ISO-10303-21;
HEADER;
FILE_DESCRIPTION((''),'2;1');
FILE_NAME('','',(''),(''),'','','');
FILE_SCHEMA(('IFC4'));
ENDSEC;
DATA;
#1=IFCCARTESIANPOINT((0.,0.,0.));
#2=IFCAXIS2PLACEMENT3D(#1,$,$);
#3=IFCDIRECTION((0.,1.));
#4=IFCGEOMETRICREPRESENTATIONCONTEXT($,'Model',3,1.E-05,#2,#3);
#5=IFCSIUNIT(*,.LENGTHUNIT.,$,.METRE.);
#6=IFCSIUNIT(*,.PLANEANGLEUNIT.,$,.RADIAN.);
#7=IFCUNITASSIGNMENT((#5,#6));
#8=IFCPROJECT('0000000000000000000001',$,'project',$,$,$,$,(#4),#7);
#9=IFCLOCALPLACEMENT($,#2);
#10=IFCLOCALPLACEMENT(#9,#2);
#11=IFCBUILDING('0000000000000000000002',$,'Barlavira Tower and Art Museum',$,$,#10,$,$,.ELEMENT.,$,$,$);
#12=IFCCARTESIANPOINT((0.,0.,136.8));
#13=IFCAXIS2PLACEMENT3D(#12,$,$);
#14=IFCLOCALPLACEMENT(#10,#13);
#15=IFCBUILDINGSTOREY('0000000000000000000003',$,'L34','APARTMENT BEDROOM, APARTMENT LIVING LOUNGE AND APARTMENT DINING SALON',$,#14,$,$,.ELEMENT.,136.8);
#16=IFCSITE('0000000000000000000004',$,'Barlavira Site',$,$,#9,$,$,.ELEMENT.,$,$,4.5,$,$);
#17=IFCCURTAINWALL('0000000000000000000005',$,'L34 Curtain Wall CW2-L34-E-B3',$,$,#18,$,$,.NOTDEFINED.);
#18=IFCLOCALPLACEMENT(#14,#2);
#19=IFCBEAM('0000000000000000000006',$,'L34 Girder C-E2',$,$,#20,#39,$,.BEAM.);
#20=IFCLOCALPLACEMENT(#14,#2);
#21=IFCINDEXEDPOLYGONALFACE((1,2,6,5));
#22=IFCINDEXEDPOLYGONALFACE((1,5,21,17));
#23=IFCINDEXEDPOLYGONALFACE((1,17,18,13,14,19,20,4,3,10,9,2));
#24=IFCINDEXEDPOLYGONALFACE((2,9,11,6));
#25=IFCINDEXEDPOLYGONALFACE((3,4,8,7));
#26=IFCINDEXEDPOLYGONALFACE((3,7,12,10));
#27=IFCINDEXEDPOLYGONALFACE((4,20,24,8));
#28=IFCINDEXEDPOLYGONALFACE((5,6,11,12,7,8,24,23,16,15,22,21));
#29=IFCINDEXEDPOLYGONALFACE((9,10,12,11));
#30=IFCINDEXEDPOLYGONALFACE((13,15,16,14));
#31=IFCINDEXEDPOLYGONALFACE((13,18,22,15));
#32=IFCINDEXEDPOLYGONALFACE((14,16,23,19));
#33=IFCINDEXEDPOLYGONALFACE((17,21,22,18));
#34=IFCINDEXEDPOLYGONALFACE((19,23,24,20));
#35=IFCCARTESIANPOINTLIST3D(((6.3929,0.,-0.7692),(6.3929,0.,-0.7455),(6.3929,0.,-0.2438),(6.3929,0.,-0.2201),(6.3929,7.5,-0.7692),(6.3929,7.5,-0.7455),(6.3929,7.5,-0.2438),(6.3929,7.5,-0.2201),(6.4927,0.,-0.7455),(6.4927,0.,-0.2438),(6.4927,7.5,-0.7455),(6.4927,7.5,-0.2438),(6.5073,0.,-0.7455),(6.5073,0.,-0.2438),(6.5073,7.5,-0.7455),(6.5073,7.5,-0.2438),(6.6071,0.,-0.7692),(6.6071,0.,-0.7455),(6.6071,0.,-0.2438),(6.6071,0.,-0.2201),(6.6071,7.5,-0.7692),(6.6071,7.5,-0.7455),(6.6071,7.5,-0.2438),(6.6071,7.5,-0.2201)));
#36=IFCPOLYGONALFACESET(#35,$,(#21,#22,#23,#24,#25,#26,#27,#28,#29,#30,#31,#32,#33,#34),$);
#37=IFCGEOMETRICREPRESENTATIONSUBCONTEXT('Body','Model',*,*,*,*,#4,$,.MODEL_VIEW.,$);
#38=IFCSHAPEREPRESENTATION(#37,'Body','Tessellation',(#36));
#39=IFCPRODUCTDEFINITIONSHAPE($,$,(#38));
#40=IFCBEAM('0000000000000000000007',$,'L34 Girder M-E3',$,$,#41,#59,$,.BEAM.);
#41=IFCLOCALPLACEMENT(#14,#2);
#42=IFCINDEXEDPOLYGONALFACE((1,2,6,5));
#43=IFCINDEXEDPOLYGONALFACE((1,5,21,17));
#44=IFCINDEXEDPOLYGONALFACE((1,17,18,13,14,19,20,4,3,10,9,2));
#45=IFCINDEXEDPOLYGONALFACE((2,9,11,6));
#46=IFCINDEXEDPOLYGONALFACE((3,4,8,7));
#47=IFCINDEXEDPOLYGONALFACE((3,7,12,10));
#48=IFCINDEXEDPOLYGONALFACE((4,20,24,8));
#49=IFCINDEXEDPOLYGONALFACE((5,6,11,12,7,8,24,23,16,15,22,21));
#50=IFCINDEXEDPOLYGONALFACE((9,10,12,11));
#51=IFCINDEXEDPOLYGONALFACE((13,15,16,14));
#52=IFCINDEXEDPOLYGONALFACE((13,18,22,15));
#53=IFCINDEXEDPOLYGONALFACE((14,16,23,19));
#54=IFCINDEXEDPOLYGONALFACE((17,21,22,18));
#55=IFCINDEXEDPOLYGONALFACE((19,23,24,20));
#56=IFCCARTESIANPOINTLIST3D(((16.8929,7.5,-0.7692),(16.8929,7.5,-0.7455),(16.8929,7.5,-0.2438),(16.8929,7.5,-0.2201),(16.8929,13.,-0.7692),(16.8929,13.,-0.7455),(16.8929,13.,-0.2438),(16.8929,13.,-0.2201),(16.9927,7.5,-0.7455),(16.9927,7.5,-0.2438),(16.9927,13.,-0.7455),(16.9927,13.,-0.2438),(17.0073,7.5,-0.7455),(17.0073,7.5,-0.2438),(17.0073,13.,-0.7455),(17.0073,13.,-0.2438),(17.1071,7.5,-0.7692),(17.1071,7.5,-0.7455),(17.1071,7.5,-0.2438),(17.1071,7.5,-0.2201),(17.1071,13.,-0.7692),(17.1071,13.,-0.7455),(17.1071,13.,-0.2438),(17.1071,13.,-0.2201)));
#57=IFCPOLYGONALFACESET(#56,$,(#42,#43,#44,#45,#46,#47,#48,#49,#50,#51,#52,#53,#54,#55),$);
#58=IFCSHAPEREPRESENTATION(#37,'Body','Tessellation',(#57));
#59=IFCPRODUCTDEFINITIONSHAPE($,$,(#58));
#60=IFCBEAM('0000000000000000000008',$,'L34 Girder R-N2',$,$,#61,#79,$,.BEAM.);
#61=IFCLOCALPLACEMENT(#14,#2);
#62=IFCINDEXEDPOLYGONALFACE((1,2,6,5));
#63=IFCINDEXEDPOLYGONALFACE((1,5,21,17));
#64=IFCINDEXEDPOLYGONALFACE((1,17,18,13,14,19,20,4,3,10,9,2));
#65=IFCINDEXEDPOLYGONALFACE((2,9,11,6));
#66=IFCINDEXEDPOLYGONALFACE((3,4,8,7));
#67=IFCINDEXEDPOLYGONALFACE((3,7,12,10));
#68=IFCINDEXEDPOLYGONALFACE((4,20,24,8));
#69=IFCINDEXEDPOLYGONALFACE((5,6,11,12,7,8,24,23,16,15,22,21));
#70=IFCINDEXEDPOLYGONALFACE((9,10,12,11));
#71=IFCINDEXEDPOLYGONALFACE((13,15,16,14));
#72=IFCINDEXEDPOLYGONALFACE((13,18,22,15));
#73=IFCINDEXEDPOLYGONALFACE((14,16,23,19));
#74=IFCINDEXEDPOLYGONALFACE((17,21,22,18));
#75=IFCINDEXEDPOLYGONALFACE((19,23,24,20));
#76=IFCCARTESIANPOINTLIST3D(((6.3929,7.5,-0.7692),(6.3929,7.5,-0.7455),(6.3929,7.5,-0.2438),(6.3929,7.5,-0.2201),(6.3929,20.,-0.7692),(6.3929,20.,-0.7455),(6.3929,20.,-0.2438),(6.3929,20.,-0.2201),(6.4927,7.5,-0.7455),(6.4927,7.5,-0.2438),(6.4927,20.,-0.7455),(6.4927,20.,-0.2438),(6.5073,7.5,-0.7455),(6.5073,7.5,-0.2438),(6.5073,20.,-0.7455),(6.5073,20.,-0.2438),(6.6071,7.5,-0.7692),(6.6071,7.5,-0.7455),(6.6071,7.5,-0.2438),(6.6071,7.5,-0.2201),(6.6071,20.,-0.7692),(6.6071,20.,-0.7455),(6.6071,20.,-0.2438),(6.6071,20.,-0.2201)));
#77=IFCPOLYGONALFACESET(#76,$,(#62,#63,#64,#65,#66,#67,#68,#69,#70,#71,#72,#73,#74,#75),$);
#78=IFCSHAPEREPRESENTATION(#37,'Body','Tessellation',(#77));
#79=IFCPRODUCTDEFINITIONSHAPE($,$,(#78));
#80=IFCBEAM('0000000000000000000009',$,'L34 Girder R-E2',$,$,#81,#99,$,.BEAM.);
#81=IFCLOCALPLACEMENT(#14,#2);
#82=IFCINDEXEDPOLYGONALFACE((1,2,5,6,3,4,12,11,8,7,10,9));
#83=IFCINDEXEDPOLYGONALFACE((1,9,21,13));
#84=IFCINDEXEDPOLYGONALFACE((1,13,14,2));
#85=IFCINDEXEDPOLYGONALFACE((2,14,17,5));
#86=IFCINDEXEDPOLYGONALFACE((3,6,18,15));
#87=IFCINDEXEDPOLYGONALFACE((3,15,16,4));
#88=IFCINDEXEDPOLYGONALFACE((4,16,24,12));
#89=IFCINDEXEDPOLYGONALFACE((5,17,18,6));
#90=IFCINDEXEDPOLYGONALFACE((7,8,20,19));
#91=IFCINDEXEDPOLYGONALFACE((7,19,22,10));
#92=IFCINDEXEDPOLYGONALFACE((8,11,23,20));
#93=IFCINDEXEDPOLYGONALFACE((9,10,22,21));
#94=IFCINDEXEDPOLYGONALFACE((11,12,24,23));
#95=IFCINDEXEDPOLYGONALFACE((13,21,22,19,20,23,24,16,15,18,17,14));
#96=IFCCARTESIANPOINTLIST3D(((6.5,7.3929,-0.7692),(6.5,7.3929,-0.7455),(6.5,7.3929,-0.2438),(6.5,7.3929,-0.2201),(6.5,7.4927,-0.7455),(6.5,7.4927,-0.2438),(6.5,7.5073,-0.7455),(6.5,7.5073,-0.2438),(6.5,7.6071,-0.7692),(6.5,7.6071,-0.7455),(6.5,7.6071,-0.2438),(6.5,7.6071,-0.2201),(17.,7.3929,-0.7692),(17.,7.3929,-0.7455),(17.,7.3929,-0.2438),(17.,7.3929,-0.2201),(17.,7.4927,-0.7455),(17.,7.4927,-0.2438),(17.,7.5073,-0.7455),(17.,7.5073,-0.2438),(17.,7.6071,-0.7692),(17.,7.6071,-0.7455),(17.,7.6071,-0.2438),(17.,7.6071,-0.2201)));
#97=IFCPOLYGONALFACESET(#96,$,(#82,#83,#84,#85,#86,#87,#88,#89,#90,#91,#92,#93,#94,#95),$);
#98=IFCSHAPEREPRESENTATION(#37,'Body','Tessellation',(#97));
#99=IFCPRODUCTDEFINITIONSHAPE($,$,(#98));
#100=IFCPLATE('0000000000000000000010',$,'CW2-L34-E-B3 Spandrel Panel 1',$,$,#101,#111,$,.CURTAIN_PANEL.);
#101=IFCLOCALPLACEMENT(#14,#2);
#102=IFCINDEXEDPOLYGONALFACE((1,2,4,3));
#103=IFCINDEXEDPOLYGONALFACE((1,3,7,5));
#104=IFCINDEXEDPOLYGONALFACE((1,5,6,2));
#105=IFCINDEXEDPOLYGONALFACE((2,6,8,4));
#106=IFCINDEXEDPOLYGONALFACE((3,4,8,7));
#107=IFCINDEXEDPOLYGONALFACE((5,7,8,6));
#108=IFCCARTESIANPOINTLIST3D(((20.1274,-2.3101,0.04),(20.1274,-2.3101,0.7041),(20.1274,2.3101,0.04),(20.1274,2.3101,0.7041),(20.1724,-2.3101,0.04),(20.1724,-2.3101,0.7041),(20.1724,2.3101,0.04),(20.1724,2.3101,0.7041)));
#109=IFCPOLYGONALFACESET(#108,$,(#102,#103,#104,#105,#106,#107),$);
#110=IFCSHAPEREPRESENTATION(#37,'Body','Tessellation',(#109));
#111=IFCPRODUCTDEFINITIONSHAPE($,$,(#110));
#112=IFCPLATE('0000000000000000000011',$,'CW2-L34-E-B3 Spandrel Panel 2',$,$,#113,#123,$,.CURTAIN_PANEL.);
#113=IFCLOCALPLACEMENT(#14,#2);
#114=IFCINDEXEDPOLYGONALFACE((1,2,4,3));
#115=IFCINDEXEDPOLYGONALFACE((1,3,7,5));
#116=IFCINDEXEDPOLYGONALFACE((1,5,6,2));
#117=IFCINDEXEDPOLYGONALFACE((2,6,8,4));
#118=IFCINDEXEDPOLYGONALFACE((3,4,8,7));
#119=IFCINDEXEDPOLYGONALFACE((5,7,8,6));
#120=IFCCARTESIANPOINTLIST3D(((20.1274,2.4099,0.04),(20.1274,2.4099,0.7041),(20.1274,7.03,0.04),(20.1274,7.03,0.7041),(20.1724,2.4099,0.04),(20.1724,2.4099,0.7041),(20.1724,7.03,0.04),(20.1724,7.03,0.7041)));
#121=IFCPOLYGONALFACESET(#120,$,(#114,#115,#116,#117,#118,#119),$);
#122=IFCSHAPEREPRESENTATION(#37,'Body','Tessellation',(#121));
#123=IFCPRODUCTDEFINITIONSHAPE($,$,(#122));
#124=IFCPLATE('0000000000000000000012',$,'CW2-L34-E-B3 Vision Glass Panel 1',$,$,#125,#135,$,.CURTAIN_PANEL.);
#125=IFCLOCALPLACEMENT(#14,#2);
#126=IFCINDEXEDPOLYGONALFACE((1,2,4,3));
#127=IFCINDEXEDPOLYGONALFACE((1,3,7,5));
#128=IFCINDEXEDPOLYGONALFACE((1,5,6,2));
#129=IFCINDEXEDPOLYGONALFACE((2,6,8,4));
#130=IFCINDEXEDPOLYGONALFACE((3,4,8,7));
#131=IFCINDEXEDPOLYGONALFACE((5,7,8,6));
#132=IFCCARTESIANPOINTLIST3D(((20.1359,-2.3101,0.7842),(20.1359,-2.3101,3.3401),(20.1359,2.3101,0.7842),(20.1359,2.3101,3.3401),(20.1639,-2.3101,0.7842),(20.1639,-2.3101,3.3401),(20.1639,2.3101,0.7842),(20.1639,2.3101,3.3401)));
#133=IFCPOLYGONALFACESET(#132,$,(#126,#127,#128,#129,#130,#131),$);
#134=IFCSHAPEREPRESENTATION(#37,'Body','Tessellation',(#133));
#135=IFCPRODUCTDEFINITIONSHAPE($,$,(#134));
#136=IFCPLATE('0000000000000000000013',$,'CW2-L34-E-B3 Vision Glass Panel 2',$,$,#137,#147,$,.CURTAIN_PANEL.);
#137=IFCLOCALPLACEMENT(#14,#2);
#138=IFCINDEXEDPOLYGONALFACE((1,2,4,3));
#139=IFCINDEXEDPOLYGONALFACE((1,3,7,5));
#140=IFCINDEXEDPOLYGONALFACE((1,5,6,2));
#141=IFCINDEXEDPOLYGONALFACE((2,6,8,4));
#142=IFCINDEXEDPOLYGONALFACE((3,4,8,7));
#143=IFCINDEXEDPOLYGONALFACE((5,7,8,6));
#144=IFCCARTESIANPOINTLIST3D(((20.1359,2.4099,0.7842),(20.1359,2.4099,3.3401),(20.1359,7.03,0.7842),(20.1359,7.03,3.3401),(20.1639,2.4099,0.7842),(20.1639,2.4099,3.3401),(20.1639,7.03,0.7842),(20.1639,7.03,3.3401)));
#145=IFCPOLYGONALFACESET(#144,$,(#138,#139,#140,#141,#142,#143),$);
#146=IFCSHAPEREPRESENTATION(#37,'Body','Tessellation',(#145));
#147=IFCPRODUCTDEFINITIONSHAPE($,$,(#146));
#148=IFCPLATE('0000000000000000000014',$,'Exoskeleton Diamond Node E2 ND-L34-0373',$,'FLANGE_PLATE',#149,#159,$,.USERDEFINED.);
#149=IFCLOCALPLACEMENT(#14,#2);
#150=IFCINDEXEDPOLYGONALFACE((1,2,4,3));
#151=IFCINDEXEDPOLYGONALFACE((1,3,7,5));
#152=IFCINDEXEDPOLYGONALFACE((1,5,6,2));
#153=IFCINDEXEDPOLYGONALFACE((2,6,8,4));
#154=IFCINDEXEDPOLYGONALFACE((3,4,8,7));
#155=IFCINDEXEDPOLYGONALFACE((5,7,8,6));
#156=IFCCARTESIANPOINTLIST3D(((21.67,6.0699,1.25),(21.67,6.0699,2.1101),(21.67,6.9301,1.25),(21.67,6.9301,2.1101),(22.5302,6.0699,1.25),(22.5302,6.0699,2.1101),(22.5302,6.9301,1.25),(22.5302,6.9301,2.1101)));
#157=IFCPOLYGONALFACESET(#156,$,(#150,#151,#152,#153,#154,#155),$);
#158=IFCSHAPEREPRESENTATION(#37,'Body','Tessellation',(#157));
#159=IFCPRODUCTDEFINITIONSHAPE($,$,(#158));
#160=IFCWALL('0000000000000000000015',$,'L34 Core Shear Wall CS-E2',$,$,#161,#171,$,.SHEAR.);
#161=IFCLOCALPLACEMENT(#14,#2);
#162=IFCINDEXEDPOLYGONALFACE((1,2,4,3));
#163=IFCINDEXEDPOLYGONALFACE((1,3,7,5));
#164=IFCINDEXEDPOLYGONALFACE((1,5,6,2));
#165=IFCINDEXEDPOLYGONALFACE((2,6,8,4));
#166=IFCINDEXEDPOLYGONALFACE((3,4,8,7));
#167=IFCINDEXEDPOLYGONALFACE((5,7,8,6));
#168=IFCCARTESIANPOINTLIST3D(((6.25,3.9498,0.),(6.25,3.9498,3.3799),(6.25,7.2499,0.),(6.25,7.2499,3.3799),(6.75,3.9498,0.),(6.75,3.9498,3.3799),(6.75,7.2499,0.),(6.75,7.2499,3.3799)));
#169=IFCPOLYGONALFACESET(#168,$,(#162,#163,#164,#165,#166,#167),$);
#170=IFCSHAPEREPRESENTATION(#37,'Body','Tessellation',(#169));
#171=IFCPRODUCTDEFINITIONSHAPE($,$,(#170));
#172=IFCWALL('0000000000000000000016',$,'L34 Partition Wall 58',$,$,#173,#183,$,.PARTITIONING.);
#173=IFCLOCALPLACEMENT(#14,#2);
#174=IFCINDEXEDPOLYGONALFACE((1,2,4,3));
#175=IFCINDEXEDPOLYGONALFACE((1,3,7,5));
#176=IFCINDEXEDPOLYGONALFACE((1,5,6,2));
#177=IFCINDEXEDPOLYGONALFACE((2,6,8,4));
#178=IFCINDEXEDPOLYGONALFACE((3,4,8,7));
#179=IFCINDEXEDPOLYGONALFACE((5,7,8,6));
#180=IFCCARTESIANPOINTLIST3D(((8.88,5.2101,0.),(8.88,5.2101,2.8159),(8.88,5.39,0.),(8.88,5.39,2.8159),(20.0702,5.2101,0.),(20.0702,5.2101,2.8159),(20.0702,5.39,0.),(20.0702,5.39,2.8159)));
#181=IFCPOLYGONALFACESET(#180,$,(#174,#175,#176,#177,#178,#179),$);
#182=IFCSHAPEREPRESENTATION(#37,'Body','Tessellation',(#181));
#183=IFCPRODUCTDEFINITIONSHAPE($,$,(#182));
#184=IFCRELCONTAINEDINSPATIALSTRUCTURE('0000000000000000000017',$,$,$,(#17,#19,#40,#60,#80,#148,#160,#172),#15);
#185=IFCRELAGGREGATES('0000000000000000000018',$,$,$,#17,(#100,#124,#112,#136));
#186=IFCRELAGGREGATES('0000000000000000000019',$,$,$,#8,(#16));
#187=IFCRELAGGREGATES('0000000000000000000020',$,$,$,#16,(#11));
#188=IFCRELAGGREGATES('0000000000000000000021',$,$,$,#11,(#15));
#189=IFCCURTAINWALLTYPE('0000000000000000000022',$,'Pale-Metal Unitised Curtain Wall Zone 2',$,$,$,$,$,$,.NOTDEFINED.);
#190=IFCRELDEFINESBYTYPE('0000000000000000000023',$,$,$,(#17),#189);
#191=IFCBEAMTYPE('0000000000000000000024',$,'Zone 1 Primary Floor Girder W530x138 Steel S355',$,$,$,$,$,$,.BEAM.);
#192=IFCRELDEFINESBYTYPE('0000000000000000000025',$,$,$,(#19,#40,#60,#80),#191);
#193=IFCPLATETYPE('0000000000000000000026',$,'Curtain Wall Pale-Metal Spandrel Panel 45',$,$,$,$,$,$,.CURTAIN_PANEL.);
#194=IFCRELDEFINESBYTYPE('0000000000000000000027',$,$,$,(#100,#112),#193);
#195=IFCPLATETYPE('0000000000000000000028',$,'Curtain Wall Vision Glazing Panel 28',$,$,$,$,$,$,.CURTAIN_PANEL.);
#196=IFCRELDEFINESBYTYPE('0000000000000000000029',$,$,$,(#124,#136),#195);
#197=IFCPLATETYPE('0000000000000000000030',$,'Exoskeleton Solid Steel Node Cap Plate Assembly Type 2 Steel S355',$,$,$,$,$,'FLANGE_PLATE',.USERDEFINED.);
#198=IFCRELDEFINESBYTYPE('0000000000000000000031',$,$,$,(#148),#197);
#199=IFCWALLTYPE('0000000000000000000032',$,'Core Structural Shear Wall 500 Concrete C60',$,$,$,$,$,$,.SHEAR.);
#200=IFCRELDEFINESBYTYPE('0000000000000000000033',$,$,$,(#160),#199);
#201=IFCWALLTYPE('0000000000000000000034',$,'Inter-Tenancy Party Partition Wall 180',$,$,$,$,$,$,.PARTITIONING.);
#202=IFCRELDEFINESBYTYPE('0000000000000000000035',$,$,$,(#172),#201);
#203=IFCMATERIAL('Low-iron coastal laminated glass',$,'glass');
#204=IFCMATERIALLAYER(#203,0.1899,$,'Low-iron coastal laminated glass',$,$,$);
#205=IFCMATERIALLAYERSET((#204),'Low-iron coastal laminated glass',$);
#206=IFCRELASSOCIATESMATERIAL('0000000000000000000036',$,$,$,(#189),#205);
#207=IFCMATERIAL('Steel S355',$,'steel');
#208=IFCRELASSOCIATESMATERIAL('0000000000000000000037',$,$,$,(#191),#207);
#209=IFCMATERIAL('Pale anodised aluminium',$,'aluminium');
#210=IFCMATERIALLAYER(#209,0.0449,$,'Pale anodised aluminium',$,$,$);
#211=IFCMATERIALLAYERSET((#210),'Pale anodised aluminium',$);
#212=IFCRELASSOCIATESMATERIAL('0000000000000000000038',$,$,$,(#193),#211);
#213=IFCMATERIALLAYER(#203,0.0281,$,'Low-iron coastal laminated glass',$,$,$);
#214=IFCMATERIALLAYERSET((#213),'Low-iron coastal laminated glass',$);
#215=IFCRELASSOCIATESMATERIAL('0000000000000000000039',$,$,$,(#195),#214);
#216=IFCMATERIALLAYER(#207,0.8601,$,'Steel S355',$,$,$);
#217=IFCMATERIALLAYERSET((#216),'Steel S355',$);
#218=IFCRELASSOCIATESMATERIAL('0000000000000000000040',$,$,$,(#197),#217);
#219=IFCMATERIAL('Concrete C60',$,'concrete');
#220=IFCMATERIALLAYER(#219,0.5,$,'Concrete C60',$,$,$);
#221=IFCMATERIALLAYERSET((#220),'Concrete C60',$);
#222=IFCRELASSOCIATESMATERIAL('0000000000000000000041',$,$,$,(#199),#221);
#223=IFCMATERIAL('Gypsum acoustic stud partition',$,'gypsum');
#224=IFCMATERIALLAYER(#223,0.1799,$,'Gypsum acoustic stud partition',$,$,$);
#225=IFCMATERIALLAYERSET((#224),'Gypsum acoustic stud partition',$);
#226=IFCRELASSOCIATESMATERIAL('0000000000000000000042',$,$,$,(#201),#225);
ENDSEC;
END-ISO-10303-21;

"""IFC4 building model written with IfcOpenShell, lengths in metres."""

from ifc_helpers import new_model, si_unit, direction, frame, frame_2d, origin, origin_2d, place, context, subcontext, project, spatial, rectangle, i_section, extrude, material, layer, layer_set, material_profile, profile_set, type_object, element, aggregate, save


model = new_model("IFC4")

# Units and contexts
model_context = context("Model", 3, precision=1e-05, world=origin(), true_north=direction((0.0, 1.0)))
body_context = subcontext(model_context, "Body", "Model", "MODEL_VIEW")
ifc_project = project(units=[si_unit("LENGTHUNIT", "METRE"), si_unit("PLANEANGLEUNIT", "RADIAN")], contexts=[model_context])

# Site, building, storey
site_placement = place(None, origin())
site = spatial("IfcSite", under=ifc_project, at=site_placement, Name="Barlavira Site", CompositionType="ELEMENT", RefElevation=4.5)
building_placement = place(site_placement, origin())
building = spatial("IfcBuilding", under=site, at=building_placement, Name="Barlavira Tower and Art Museum", CompositionType="ELEMENT")
storey_placement = place(building_placement, frame((0.0, 0.0, 136.8)))
storey = spatial("IfcBuildingStorey", under=building, at=storey_placement, Name="L34", Description="APARTMENT BEDROOM, APARTMENT LIVING LOUNGE AND APARTMENT DINING SALON", CompositionType="ELEMENT", Elevation=136.8)

# Shared definitions
ifc_material_1 = material(Name="Steel S355", Category="steel")
ifc_material_2 = material(Name="Concrete C60", Category="concrete")

# Curtain wall
ifc_material_3 = material(Name="Low-iron coastal laminated glass", Category="glass")
ifc_layer_1 = layer(ifc_material_3, 0.1899, Name="Low-iron coastal laminated glass")
ifc_layer_set_1 = layer_set([ifc_layer_1], Name="Low-iron coastal laminated glass")
curtain_wall_type = type_object("IfcCurtainWallType", Name="Pale-Metal Unitised Curtain Wall Zone 2", PredefinedType="NOTDEFINED", material=ifc_layer_set_1)
curtain_wall_placement = place(storey_placement, origin())
curtain_wall = element("IfcCurtainWall", 1, at=curtain_wall_placement, inside=storey, type_object=curtain_wall_type, Name="L34 Curtain Wall CW2-L34-E-B3", PredefinedType="NOTDEFINED")
ifc_material_4 = material(Name="Pale anodised aluminium", Category="aluminium")

# Beams
ifc_material_profile_1 = material_profile(ifc_material_1, i_section(OverallWidth=0.2141, OverallDepth=0.5491, WebThickness=0.0146, FlangeThickness=0.0237, at=origin_2d()), Name="W530x138.0")
ifc_profile_set_1 = profile_set([ifc_material_profile_1], Name="Steel S355")
beam_type_1 = type_object("IfcBeamType", Name="Zone 1 Primary Floor Girder W530x138 Steel S355", PredefinedType="BEAM", material=ifc_profile_set_1)
beam_1_placement = place(storey_placement, frame((6.5, 0.0, -0.4946), z_axis=(0.0, 1.0, 0.0), x_axis=(-1.0, 0.0, 0.0)))
element("IfcBeam", 2, at=beam_1_placement, inside=storey, type_object=beam_type_1, Name="L34 Girder C-E2", PredefinedType="BEAM", context=body_context, shape_type="SweptSolid", body=[
    extrude(i_section(OverallWidth=0.2141, OverallDepth=0.5491, WebThickness=0.0146, FlangeThickness=0.0237, at=origin_2d()), origin(), (0.0, 0.0, 1.0), 7.5),
])
beam_2_placement = place(storey_placement, frame((17.0, 7.5, -0.4946), z_axis=(0.0, 1.0, 0.0), x_axis=(-1.0, 0.0, 0.0)))
element("IfcBeam", 3, at=beam_2_placement, inside=storey, type_object=beam_type_1, Name="L34 Girder M-E3", PredefinedType="BEAM", context=body_context, shape_type="SweptSolid", body=[
    extrude(i_section(OverallWidth=0.2141, OverallDepth=0.5491, WebThickness=0.0146, FlangeThickness=0.0237, at=origin_2d()), origin(), (0.0, 0.0, 1.0), 5.5),
])
beam_3_placement = place(storey_placement, frame((6.5, 7.5, -0.4946), z_axis=(0.0, 1.0, 0.0), x_axis=(-1.0, 0.0, 0.0)))
element("IfcBeam", 4, at=beam_3_placement, inside=storey, type_object=beam_type_1, Name="L34 Girder R-N2", PredefinedType="BEAM", context=body_context, shape_type="SweptSolid", body=[
    extrude(i_section(OverallWidth=0.2141, OverallDepth=0.5491, WebThickness=0.0146, FlangeThickness=0.0237, at=origin_2d()), origin(), (0.0, 0.0, 1.0), 12.5),
])
beam_4_placement = place(storey_placement, frame((6.5, 7.5, -0.4946), z_axis=(1.0, 0.0, 0.0), x_axis=(0.0, 1.0, 0.0)))
element("IfcBeam", 5, at=beam_4_placement, inside=storey, type_object=beam_type_1, Name="L34 Girder R-E2", PredefinedType="BEAM", context=body_context, shape_type="SweptSolid", body=[
    extrude(i_section(OverallWidth=0.2141, OverallDepth=0.5491, WebThickness=0.0146, FlangeThickness=0.0237, at=origin_2d()), origin(), (0.0, 0.0, 1.0), 10.5),
])

# Plates
ifc_layer_2 = layer(ifc_material_4, 0.0449, Name="Pale anodised aluminium")
ifc_layer_set_2 = layer_set([ifc_layer_2], Name="Pale anodised aluminium")
plate_type_1 = type_object("IfcPlateType", Name="Curtain Wall Pale-Metal Spandrel Panel 45", PredefinedType="CURTAIN_PANEL", material=ifc_layer_set_2)
plate_1_placement = place(storey_placement, frame((20.1499, 0.0, 0.04), z_axis=(0.0, 0.0, 1.0), x_axis=(0.0, 1.0, 0.0)))
plate_1 = element("IfcPlate", 6, at=plate_1_placement, type_object=plate_type_1, Name="CW2-L34-E-B3 Spandrel Panel 1", PredefinedType="CURTAIN_PANEL", context=body_context, shape_type="SweptSolid", body=[
    extrude(rectangle(XDim=4.6201, YDim=0.0449, at=origin_2d()), origin(), (0.0, 0.0, 1.0), 0.6641),
])
plate_2_placement = place(storey_placement, frame((20.1499, 4.72, 0.04), z_axis=(0.0, 0.0, 1.0), x_axis=(0.0, 1.0, 0.0)))
plate_2 = element("IfcPlate", 7, at=plate_2_placement, type_object=plate_type_1, Name="CW2-L34-E-B3 Spandrel Panel 2", PredefinedType="CURTAIN_PANEL", context=body_context, shape_type="SweptSolid", body=[
    extrude(rectangle(XDim=4.6201, YDim=0.0449, at=origin_2d()), origin(), (0.0, 0.0, 1.0), 0.6641),
])
ifc_layer_3 = layer(ifc_material_3, 0.0281, Name="Low-iron coastal laminated glass")
ifc_layer_set_3 = layer_set([ifc_layer_3], Name="Low-iron coastal laminated glass")
plate_type_2 = type_object("IfcPlateType", Name="Curtain Wall Vision Glazing Panel 28", PredefinedType="CURTAIN_PANEL", material=ifc_layer_set_3)
plate_3_placement = place(storey_placement, frame((20.1499, 0.0, 0.7842), z_axis=(0.0, 0.0, 1.0), x_axis=(0.0, 1.0, 0.0)))
plate_3 = element("IfcPlate", 8, at=plate_3_placement, type_object=plate_type_2, Name="CW2-L34-E-B3 Vision Glass Panel 1", PredefinedType="CURTAIN_PANEL", context=body_context, shape_type="SweptSolid", body=[
    extrude(rectangle(XDim=4.6201, YDim=0.0281, at=origin_2d()), origin(), (0.0, 0.0, 1.0), 2.5559),
])
plate_4_placement = place(storey_placement, frame((20.1499, 4.72, 0.7842), z_axis=(0.0, 0.0, 1.0), x_axis=(0.0, 1.0, 0.0)))
plate_4 = element("IfcPlate", 9, at=plate_4_placement, type_object=plate_type_2, Name="CW2-L34-E-B3 Vision Glass Panel 2", PredefinedType="CURTAIN_PANEL", context=body_context, shape_type="SweptSolid", body=[
    extrude(rectangle(XDim=4.6201, YDim=0.0281, at=origin_2d()), origin(), (0.0, 0.0, 1.0), 2.5559),
])
aggregate(curtain_wall, [plate_1, plate_3, plate_2, plate_4])
ifc_layer_4 = layer(ifc_material_1, 0.8601, Name="Steel S355")
ifc_layer_set_4 = layer_set([ifc_layer_4], Name="Steel S355")
plate_type_3 = type_object("IfcPlateType", Name="Exoskeleton Solid Steel Node Cap Plate Assembly Type 2 Steel S355", ElementType="FLANGE_PLATE", PredefinedType="USERDEFINED", material=ifc_layer_set_4)
plate_5_placement = place(storey_placement, frame((22.1001, 6.5, 1.25), z_axis=(0.0, 0.0, 1.0), x_axis=(1.0, 0.0, 0.0)))
element("IfcPlate", 10, at=plate_5_placement, inside=storey, type_object=plate_type_3, Name="Exoskeleton Diamond Node E2 ND-L34-0373", ObjectType="FLANGE_PLATE", PredefinedType="USERDEFINED", context=body_context, shape_type="SweptSolid", body=[
    extrude(rectangle(XDim=0.8601, YDim=0.8601, at=origin_2d()), origin(), (0.0, 0.0, 1.0), 0.8601),
])

# Walls
ifc_layer_5 = layer(ifc_material_2, 0.5, Name="Concrete C60")
ifc_layer_set_5 = layer_set([ifc_layer_5], Name="Concrete C60")
wall_type_1 = type_object("IfcWallType", Name="Core Structural Shear Wall 500 Concrete C60", PredefinedType="SHEAR", material=ifc_layer_set_5)
wall_1_placement = place(storey_placement, frame((6.5, 3.95, 0.0), z_axis=(0.0, 0.0, 1.0), x_axis=(0.0, 1.0, 0.0)))
element("IfcWall", 11, at=wall_1_placement, inside=storey, type_object=wall_type_1, Name="L34 Core Shear Wall CS-E2", PredefinedType="SHEAR", context=body_context, shape_type="SweptSolid", body=[
    extrude(rectangle(XDim=3.3, YDim=0.5, at=frame_2d((1.6499, 0.0))), origin(), (0.0, 0.0, 1.0), 3.3799),
])
ifc_material_5 = material(Name="Gypsum acoustic stud partition", Category="gypsum")
ifc_layer_6 = layer(ifc_material_5, 0.1799, Name="Gypsum acoustic stud partition")
ifc_layer_set_6 = layer_set([ifc_layer_6], Name="Gypsum acoustic stud partition")
wall_type_2 = type_object("IfcWallType", Name="Inter-Tenancy Party Partition Wall 180", PredefinedType="PARTITIONING", material=ifc_layer_set_6)
wall_2_placement = place(storey_placement, frame((8.8799, 5.3, 0.0), z_axis=(0.0, 0.0, 1.0), x_axis=(1.0, 0.0, 0.0)))
element("IfcWall", 12, at=wall_2_placement, inside=storey, type_object=wall_type_2, Name="L34 Partition Wall 58", PredefinedType="PARTITIONING", context=body_context, shape_type="SweptSolid", body=[
    extrude(rectangle(XDim=11.1902, YDim=0.1799, at=frame_2d((5.5952, 0.0))), origin(), (0.0, 0.0, 1.0), 2.8159),
])

save(model, "model.ifc")
